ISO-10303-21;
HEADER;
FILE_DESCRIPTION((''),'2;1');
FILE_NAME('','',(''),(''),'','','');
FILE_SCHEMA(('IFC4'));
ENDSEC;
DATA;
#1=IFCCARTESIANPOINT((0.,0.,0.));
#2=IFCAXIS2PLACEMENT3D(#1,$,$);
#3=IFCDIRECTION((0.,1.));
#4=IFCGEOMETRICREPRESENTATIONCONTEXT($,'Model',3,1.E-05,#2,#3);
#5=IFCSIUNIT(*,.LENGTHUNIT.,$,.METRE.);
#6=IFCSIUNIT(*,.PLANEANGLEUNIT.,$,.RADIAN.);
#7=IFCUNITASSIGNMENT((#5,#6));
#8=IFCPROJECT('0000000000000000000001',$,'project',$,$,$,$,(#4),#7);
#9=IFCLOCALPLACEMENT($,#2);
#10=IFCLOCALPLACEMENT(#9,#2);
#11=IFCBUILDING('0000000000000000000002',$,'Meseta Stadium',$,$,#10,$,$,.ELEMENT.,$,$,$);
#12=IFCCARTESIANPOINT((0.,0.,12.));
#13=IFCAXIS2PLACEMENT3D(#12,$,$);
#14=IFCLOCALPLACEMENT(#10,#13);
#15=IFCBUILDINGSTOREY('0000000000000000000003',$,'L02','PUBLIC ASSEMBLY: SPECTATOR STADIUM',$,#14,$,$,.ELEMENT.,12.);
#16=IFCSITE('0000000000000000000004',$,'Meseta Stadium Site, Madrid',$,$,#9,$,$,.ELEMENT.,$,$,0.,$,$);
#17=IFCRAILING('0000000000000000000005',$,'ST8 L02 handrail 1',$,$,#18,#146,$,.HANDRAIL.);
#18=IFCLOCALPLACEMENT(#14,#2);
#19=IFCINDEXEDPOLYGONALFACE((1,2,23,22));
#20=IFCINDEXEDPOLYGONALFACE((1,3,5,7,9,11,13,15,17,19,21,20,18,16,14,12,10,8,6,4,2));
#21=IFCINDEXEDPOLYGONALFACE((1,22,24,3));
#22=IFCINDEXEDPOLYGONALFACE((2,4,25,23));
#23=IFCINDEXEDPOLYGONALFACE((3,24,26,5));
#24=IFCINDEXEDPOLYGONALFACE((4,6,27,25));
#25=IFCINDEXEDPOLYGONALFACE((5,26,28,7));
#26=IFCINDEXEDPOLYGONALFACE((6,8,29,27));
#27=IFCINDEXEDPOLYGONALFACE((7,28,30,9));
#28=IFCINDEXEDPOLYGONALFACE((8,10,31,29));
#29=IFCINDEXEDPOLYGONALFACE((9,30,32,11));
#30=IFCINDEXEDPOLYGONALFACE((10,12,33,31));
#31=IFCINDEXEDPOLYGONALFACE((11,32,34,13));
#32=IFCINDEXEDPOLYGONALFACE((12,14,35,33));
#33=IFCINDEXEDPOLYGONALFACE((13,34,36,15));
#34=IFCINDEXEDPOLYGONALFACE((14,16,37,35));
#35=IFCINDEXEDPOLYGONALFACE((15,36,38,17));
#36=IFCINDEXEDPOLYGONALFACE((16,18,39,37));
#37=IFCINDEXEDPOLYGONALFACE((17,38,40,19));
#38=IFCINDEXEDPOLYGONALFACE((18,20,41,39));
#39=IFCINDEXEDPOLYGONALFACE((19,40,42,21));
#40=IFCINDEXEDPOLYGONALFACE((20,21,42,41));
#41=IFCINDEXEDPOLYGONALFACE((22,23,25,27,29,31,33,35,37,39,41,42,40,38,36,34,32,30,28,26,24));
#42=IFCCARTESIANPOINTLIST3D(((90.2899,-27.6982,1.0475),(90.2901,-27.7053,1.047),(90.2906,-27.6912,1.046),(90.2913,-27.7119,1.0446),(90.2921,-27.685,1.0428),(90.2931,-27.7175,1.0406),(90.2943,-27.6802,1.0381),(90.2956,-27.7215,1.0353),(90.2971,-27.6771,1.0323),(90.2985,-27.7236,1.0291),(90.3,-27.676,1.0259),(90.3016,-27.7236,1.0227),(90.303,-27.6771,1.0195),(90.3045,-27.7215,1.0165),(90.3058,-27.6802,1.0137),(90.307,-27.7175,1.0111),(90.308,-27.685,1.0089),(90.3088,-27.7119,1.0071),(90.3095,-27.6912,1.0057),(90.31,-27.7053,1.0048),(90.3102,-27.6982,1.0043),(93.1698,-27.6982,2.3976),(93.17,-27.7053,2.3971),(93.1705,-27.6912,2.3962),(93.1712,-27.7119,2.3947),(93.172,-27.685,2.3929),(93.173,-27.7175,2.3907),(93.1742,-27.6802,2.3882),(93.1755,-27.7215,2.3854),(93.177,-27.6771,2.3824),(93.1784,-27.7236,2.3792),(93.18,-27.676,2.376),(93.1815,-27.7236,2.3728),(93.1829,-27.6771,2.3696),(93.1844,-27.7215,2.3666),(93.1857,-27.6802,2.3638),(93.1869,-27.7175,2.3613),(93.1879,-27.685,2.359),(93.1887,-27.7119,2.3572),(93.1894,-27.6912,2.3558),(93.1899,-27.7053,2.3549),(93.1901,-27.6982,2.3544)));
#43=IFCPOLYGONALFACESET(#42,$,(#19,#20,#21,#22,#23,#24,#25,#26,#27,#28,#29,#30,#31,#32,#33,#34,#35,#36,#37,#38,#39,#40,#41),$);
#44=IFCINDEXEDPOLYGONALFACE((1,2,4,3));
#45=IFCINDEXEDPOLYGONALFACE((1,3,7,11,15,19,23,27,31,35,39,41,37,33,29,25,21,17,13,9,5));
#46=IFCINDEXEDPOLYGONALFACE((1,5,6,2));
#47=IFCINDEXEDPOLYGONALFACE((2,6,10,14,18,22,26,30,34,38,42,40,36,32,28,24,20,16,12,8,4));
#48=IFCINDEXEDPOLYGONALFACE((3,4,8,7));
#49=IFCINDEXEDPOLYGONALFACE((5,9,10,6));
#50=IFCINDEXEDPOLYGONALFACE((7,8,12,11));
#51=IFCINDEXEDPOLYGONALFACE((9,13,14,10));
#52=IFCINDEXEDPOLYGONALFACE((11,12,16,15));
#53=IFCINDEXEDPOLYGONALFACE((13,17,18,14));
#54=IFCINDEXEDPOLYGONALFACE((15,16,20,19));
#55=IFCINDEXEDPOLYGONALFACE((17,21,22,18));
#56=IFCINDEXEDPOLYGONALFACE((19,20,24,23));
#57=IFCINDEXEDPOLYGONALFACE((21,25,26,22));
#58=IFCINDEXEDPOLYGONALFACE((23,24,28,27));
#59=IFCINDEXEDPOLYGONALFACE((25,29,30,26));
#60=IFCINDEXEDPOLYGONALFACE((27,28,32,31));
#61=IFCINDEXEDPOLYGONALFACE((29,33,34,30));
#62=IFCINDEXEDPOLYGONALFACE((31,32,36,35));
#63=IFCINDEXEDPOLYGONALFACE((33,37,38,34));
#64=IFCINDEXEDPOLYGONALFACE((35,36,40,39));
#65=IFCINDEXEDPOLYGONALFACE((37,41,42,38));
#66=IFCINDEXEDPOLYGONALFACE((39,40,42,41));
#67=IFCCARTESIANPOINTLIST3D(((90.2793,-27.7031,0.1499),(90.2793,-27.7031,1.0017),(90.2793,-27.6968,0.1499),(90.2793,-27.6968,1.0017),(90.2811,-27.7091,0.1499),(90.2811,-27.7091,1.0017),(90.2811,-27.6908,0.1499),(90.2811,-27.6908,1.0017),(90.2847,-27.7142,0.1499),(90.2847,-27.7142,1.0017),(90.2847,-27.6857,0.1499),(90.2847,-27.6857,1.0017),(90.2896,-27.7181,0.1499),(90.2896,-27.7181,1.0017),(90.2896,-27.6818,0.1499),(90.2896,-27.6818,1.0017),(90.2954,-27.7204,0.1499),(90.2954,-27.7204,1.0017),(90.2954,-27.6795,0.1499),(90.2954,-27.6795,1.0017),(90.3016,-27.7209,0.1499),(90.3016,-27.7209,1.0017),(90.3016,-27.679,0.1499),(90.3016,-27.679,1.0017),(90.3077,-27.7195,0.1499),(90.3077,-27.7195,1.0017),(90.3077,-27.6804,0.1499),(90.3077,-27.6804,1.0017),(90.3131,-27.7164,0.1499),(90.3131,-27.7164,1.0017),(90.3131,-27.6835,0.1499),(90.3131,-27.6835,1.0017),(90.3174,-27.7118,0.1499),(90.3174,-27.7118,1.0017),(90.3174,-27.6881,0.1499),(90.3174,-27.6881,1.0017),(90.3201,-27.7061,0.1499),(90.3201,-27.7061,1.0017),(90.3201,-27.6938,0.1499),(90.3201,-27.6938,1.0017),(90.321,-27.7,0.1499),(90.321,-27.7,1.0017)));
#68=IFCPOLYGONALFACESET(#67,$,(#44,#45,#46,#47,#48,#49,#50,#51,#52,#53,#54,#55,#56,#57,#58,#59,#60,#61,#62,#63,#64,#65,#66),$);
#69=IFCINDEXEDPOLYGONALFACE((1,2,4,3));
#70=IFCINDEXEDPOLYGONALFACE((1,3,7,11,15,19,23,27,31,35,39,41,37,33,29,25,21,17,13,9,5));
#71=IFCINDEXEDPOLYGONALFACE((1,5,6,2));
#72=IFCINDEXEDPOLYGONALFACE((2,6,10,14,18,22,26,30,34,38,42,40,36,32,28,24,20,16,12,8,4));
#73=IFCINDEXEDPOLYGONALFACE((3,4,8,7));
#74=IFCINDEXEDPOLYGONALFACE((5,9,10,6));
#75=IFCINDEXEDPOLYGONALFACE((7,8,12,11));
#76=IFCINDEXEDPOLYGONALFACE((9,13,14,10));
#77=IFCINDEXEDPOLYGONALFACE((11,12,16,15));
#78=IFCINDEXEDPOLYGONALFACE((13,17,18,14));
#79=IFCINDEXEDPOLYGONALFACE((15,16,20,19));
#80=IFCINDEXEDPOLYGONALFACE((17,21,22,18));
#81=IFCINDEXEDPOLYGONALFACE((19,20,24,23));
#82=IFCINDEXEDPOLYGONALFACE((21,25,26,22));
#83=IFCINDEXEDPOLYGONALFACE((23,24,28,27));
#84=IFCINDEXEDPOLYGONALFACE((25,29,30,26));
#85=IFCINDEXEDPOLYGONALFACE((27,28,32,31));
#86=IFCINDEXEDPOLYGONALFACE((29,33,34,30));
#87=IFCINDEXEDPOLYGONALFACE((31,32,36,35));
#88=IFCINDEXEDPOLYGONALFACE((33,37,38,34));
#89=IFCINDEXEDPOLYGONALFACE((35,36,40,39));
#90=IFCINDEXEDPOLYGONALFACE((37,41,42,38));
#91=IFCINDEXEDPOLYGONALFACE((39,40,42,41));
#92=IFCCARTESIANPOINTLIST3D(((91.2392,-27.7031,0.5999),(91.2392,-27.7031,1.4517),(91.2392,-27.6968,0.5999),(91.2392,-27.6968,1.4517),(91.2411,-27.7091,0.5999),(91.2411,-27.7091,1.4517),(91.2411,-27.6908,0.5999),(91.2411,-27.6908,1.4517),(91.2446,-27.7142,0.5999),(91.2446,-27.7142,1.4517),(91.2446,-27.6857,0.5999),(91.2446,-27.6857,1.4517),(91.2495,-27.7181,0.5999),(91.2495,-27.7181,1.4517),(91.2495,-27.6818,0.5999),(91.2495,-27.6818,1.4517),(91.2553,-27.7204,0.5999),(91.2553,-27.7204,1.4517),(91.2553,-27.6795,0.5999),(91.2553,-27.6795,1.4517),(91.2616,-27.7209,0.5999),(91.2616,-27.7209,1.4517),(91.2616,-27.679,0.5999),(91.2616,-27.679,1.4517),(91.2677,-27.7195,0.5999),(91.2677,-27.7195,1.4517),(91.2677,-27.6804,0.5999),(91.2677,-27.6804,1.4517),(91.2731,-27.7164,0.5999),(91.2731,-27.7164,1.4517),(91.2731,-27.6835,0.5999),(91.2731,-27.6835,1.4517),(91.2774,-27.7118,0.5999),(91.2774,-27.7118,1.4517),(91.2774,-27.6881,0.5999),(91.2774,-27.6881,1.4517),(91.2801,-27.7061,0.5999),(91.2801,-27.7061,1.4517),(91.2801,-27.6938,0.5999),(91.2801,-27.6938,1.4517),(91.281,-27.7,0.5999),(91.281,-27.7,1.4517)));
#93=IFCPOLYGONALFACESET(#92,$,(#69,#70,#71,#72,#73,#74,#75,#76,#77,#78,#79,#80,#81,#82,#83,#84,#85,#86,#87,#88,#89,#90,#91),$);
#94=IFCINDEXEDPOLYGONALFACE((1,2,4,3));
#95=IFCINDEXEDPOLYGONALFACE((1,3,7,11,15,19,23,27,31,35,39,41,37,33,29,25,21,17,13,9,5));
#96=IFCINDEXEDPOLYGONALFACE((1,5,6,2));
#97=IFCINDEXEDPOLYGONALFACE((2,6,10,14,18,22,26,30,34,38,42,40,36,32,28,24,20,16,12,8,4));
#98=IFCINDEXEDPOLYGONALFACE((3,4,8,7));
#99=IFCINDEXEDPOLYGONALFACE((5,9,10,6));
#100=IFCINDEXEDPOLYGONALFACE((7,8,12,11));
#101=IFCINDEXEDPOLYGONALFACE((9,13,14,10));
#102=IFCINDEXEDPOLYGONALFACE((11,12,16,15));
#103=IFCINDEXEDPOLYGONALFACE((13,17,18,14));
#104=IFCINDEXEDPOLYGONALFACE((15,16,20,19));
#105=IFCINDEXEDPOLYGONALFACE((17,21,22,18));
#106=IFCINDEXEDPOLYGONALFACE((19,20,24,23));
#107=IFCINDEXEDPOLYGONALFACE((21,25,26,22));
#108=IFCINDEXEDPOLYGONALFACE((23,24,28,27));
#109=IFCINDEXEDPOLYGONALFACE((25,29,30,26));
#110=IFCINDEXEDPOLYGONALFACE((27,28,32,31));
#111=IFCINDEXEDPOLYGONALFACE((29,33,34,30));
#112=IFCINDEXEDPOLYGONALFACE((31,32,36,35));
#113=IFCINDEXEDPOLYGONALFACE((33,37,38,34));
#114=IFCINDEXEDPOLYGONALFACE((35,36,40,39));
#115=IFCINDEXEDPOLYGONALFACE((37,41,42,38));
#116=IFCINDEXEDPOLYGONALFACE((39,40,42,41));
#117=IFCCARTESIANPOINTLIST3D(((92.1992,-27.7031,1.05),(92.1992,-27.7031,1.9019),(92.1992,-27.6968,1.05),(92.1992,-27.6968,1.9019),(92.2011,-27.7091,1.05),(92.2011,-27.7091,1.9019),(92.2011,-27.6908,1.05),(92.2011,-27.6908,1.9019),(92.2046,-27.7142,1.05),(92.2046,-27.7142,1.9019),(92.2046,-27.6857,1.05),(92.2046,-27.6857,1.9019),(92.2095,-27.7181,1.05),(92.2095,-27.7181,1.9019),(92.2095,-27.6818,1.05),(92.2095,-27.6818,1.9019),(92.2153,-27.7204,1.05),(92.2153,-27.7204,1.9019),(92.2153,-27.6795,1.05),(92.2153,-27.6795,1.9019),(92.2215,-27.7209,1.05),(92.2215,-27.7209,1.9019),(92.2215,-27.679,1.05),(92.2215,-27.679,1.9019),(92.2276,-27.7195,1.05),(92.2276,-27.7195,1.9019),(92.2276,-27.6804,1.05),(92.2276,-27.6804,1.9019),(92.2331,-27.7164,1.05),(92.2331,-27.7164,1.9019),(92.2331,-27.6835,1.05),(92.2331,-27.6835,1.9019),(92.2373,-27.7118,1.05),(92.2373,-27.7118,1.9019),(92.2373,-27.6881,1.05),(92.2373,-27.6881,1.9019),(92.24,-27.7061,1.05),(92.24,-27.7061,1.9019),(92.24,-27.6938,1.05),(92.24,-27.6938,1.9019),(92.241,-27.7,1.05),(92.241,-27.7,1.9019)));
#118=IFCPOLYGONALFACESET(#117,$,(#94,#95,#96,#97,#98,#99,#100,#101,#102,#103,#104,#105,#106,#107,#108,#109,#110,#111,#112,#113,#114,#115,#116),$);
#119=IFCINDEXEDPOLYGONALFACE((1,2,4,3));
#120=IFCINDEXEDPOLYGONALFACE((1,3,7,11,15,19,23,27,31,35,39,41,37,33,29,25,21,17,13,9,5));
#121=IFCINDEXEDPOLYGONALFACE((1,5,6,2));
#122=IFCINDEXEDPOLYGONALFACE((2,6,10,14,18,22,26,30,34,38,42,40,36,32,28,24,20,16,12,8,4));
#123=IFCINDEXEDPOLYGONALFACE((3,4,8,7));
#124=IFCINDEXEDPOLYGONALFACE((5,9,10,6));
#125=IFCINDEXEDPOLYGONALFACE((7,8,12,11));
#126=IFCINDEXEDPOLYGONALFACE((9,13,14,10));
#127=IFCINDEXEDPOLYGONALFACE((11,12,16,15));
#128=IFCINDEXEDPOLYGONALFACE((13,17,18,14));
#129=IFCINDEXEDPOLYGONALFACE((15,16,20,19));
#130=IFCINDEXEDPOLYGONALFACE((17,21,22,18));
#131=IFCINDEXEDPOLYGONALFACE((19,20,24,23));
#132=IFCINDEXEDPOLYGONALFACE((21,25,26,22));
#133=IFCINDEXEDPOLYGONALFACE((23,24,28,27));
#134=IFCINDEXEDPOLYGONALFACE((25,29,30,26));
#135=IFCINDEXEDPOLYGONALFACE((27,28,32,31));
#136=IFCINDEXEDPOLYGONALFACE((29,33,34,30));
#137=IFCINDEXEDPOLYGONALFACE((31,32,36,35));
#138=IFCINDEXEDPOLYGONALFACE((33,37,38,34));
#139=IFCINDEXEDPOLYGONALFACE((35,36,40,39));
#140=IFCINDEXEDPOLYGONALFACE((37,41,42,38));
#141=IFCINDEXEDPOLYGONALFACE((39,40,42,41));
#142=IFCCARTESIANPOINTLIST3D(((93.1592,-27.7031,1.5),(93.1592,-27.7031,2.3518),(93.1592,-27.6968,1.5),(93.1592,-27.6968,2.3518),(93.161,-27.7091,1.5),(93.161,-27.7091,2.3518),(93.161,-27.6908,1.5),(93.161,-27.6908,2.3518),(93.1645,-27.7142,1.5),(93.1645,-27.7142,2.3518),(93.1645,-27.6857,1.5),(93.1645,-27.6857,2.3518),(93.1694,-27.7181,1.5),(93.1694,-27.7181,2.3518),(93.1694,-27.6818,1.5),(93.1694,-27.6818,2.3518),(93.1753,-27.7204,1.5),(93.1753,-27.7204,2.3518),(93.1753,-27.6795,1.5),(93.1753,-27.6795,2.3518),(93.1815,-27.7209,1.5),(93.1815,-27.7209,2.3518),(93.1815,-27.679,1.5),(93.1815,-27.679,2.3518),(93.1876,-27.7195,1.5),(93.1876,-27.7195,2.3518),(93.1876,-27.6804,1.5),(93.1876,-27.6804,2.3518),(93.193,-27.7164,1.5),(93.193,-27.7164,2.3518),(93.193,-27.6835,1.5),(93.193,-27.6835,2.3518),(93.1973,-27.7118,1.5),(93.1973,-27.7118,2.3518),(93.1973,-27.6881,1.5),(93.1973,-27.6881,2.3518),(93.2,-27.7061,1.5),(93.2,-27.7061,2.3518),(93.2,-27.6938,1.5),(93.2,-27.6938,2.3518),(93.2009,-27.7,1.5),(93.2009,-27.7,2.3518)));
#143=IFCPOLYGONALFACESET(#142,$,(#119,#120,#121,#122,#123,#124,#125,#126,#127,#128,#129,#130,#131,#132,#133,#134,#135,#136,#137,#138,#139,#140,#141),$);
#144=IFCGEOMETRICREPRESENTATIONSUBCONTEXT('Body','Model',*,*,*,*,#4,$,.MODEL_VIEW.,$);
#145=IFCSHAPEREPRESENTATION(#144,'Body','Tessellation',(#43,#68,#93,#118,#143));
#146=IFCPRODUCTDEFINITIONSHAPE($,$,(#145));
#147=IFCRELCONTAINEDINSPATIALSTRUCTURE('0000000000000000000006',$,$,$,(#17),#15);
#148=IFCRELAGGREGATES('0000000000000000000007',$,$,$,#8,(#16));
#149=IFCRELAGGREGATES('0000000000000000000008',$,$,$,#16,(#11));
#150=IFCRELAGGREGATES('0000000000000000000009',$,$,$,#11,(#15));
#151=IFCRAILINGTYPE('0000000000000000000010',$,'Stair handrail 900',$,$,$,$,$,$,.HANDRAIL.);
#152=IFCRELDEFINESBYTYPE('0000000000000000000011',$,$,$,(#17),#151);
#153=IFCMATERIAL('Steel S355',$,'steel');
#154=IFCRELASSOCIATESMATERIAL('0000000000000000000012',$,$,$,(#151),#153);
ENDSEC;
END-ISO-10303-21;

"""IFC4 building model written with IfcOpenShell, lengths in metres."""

from ifc_helpers import new_model, si_unit, direction, frame, origin, origin_2d, place, context, subcontext, project, spatial, circle, extrude, material, type_object, element, save


model = new_model("IFC4")

# Units and contexts
model_context = context("Model", 3, precision=1e-05, world=origin(), true_north=direction((0.0, 1.0)))
body_context = subcontext(model_context, "Body", "Model", "MODEL_VIEW")
ifc_project = project(units=[si_unit("LENGTHUNIT", "METRE"), si_unit("PLANEANGLEUNIT", "RADIAN")], contexts=[model_context])

# Site, building, storey
site_placement = place(None, origin())
site = spatial("IfcSite", under=ifc_project, at=site_placement, Name="Meseta Stadium Site, Madrid", CompositionType="ELEMENT", RefElevation=0.0)
building_placement = place(site_placement, origin())
building = spatial("IfcBuilding", under=site, at=building_placement, Name="Meseta Stadium", CompositionType="ELEMENT")
storey_placement = place(building_placement, frame((0.0, 0.0, 12.0)))
storey = spatial("IfcBuildingStorey", under=building, at=storey_placement, Name="L02", Description="PUBLIC ASSEMBLY: SPECTATOR STADIUM", CompositionType="ELEMENT", Elevation=12.0)

# Railing
ifc_material_1 = material(Name="Steel S355", Category="steel")
railing_type_1 = type_object("IfcRailingType", Name="Stair handrail 900", PredefinedType="HANDRAIL", material=ifc_material_1)
railing_1_placement = place(storey_placement, frame((90.3, -27.7, 0.1499)))
element("IfcRailing", 1, at=railing_1_placement, inside=storey, type_object=railing_type_1, Name="ST8 L02 handrail 1", PredefinedType="HANDRAIL", context=body_context, shape_type="SweptSolid", body=[
    extrude(circle(Radius=0.0239, at=origin_2d()), frame((0.0, 0.0, 0.876), z_axis=(0.90544, 0.0, 0.424473), x_axis=(0.0, 1.0, 0.0)), (0.0, 0.0, 1.0), 3.1807),
    extrude(circle(Radius=0.021, at=origin_2d()), origin(), (0.0, 0.0, 1.0), 0.8518),
    extrude(circle(Radius=0.021, at=origin_2d()), frame((0.96, 0.0, 0.45)), (0.0, 0.0, 1.0), 0.8518),
    extrude(circle(Radius=0.021, at=origin_2d()), frame((1.9199, 0.0, 0.9001)), (0.0, 0.0, 1.0), 0.8518),
    extrude(circle(Radius=0.021, at=origin_2d()), frame((2.8799, 0.0, 1.3501)), (0.0, 0.0, 1.0), 0.8518),
])

save(model, "model.ifc")
